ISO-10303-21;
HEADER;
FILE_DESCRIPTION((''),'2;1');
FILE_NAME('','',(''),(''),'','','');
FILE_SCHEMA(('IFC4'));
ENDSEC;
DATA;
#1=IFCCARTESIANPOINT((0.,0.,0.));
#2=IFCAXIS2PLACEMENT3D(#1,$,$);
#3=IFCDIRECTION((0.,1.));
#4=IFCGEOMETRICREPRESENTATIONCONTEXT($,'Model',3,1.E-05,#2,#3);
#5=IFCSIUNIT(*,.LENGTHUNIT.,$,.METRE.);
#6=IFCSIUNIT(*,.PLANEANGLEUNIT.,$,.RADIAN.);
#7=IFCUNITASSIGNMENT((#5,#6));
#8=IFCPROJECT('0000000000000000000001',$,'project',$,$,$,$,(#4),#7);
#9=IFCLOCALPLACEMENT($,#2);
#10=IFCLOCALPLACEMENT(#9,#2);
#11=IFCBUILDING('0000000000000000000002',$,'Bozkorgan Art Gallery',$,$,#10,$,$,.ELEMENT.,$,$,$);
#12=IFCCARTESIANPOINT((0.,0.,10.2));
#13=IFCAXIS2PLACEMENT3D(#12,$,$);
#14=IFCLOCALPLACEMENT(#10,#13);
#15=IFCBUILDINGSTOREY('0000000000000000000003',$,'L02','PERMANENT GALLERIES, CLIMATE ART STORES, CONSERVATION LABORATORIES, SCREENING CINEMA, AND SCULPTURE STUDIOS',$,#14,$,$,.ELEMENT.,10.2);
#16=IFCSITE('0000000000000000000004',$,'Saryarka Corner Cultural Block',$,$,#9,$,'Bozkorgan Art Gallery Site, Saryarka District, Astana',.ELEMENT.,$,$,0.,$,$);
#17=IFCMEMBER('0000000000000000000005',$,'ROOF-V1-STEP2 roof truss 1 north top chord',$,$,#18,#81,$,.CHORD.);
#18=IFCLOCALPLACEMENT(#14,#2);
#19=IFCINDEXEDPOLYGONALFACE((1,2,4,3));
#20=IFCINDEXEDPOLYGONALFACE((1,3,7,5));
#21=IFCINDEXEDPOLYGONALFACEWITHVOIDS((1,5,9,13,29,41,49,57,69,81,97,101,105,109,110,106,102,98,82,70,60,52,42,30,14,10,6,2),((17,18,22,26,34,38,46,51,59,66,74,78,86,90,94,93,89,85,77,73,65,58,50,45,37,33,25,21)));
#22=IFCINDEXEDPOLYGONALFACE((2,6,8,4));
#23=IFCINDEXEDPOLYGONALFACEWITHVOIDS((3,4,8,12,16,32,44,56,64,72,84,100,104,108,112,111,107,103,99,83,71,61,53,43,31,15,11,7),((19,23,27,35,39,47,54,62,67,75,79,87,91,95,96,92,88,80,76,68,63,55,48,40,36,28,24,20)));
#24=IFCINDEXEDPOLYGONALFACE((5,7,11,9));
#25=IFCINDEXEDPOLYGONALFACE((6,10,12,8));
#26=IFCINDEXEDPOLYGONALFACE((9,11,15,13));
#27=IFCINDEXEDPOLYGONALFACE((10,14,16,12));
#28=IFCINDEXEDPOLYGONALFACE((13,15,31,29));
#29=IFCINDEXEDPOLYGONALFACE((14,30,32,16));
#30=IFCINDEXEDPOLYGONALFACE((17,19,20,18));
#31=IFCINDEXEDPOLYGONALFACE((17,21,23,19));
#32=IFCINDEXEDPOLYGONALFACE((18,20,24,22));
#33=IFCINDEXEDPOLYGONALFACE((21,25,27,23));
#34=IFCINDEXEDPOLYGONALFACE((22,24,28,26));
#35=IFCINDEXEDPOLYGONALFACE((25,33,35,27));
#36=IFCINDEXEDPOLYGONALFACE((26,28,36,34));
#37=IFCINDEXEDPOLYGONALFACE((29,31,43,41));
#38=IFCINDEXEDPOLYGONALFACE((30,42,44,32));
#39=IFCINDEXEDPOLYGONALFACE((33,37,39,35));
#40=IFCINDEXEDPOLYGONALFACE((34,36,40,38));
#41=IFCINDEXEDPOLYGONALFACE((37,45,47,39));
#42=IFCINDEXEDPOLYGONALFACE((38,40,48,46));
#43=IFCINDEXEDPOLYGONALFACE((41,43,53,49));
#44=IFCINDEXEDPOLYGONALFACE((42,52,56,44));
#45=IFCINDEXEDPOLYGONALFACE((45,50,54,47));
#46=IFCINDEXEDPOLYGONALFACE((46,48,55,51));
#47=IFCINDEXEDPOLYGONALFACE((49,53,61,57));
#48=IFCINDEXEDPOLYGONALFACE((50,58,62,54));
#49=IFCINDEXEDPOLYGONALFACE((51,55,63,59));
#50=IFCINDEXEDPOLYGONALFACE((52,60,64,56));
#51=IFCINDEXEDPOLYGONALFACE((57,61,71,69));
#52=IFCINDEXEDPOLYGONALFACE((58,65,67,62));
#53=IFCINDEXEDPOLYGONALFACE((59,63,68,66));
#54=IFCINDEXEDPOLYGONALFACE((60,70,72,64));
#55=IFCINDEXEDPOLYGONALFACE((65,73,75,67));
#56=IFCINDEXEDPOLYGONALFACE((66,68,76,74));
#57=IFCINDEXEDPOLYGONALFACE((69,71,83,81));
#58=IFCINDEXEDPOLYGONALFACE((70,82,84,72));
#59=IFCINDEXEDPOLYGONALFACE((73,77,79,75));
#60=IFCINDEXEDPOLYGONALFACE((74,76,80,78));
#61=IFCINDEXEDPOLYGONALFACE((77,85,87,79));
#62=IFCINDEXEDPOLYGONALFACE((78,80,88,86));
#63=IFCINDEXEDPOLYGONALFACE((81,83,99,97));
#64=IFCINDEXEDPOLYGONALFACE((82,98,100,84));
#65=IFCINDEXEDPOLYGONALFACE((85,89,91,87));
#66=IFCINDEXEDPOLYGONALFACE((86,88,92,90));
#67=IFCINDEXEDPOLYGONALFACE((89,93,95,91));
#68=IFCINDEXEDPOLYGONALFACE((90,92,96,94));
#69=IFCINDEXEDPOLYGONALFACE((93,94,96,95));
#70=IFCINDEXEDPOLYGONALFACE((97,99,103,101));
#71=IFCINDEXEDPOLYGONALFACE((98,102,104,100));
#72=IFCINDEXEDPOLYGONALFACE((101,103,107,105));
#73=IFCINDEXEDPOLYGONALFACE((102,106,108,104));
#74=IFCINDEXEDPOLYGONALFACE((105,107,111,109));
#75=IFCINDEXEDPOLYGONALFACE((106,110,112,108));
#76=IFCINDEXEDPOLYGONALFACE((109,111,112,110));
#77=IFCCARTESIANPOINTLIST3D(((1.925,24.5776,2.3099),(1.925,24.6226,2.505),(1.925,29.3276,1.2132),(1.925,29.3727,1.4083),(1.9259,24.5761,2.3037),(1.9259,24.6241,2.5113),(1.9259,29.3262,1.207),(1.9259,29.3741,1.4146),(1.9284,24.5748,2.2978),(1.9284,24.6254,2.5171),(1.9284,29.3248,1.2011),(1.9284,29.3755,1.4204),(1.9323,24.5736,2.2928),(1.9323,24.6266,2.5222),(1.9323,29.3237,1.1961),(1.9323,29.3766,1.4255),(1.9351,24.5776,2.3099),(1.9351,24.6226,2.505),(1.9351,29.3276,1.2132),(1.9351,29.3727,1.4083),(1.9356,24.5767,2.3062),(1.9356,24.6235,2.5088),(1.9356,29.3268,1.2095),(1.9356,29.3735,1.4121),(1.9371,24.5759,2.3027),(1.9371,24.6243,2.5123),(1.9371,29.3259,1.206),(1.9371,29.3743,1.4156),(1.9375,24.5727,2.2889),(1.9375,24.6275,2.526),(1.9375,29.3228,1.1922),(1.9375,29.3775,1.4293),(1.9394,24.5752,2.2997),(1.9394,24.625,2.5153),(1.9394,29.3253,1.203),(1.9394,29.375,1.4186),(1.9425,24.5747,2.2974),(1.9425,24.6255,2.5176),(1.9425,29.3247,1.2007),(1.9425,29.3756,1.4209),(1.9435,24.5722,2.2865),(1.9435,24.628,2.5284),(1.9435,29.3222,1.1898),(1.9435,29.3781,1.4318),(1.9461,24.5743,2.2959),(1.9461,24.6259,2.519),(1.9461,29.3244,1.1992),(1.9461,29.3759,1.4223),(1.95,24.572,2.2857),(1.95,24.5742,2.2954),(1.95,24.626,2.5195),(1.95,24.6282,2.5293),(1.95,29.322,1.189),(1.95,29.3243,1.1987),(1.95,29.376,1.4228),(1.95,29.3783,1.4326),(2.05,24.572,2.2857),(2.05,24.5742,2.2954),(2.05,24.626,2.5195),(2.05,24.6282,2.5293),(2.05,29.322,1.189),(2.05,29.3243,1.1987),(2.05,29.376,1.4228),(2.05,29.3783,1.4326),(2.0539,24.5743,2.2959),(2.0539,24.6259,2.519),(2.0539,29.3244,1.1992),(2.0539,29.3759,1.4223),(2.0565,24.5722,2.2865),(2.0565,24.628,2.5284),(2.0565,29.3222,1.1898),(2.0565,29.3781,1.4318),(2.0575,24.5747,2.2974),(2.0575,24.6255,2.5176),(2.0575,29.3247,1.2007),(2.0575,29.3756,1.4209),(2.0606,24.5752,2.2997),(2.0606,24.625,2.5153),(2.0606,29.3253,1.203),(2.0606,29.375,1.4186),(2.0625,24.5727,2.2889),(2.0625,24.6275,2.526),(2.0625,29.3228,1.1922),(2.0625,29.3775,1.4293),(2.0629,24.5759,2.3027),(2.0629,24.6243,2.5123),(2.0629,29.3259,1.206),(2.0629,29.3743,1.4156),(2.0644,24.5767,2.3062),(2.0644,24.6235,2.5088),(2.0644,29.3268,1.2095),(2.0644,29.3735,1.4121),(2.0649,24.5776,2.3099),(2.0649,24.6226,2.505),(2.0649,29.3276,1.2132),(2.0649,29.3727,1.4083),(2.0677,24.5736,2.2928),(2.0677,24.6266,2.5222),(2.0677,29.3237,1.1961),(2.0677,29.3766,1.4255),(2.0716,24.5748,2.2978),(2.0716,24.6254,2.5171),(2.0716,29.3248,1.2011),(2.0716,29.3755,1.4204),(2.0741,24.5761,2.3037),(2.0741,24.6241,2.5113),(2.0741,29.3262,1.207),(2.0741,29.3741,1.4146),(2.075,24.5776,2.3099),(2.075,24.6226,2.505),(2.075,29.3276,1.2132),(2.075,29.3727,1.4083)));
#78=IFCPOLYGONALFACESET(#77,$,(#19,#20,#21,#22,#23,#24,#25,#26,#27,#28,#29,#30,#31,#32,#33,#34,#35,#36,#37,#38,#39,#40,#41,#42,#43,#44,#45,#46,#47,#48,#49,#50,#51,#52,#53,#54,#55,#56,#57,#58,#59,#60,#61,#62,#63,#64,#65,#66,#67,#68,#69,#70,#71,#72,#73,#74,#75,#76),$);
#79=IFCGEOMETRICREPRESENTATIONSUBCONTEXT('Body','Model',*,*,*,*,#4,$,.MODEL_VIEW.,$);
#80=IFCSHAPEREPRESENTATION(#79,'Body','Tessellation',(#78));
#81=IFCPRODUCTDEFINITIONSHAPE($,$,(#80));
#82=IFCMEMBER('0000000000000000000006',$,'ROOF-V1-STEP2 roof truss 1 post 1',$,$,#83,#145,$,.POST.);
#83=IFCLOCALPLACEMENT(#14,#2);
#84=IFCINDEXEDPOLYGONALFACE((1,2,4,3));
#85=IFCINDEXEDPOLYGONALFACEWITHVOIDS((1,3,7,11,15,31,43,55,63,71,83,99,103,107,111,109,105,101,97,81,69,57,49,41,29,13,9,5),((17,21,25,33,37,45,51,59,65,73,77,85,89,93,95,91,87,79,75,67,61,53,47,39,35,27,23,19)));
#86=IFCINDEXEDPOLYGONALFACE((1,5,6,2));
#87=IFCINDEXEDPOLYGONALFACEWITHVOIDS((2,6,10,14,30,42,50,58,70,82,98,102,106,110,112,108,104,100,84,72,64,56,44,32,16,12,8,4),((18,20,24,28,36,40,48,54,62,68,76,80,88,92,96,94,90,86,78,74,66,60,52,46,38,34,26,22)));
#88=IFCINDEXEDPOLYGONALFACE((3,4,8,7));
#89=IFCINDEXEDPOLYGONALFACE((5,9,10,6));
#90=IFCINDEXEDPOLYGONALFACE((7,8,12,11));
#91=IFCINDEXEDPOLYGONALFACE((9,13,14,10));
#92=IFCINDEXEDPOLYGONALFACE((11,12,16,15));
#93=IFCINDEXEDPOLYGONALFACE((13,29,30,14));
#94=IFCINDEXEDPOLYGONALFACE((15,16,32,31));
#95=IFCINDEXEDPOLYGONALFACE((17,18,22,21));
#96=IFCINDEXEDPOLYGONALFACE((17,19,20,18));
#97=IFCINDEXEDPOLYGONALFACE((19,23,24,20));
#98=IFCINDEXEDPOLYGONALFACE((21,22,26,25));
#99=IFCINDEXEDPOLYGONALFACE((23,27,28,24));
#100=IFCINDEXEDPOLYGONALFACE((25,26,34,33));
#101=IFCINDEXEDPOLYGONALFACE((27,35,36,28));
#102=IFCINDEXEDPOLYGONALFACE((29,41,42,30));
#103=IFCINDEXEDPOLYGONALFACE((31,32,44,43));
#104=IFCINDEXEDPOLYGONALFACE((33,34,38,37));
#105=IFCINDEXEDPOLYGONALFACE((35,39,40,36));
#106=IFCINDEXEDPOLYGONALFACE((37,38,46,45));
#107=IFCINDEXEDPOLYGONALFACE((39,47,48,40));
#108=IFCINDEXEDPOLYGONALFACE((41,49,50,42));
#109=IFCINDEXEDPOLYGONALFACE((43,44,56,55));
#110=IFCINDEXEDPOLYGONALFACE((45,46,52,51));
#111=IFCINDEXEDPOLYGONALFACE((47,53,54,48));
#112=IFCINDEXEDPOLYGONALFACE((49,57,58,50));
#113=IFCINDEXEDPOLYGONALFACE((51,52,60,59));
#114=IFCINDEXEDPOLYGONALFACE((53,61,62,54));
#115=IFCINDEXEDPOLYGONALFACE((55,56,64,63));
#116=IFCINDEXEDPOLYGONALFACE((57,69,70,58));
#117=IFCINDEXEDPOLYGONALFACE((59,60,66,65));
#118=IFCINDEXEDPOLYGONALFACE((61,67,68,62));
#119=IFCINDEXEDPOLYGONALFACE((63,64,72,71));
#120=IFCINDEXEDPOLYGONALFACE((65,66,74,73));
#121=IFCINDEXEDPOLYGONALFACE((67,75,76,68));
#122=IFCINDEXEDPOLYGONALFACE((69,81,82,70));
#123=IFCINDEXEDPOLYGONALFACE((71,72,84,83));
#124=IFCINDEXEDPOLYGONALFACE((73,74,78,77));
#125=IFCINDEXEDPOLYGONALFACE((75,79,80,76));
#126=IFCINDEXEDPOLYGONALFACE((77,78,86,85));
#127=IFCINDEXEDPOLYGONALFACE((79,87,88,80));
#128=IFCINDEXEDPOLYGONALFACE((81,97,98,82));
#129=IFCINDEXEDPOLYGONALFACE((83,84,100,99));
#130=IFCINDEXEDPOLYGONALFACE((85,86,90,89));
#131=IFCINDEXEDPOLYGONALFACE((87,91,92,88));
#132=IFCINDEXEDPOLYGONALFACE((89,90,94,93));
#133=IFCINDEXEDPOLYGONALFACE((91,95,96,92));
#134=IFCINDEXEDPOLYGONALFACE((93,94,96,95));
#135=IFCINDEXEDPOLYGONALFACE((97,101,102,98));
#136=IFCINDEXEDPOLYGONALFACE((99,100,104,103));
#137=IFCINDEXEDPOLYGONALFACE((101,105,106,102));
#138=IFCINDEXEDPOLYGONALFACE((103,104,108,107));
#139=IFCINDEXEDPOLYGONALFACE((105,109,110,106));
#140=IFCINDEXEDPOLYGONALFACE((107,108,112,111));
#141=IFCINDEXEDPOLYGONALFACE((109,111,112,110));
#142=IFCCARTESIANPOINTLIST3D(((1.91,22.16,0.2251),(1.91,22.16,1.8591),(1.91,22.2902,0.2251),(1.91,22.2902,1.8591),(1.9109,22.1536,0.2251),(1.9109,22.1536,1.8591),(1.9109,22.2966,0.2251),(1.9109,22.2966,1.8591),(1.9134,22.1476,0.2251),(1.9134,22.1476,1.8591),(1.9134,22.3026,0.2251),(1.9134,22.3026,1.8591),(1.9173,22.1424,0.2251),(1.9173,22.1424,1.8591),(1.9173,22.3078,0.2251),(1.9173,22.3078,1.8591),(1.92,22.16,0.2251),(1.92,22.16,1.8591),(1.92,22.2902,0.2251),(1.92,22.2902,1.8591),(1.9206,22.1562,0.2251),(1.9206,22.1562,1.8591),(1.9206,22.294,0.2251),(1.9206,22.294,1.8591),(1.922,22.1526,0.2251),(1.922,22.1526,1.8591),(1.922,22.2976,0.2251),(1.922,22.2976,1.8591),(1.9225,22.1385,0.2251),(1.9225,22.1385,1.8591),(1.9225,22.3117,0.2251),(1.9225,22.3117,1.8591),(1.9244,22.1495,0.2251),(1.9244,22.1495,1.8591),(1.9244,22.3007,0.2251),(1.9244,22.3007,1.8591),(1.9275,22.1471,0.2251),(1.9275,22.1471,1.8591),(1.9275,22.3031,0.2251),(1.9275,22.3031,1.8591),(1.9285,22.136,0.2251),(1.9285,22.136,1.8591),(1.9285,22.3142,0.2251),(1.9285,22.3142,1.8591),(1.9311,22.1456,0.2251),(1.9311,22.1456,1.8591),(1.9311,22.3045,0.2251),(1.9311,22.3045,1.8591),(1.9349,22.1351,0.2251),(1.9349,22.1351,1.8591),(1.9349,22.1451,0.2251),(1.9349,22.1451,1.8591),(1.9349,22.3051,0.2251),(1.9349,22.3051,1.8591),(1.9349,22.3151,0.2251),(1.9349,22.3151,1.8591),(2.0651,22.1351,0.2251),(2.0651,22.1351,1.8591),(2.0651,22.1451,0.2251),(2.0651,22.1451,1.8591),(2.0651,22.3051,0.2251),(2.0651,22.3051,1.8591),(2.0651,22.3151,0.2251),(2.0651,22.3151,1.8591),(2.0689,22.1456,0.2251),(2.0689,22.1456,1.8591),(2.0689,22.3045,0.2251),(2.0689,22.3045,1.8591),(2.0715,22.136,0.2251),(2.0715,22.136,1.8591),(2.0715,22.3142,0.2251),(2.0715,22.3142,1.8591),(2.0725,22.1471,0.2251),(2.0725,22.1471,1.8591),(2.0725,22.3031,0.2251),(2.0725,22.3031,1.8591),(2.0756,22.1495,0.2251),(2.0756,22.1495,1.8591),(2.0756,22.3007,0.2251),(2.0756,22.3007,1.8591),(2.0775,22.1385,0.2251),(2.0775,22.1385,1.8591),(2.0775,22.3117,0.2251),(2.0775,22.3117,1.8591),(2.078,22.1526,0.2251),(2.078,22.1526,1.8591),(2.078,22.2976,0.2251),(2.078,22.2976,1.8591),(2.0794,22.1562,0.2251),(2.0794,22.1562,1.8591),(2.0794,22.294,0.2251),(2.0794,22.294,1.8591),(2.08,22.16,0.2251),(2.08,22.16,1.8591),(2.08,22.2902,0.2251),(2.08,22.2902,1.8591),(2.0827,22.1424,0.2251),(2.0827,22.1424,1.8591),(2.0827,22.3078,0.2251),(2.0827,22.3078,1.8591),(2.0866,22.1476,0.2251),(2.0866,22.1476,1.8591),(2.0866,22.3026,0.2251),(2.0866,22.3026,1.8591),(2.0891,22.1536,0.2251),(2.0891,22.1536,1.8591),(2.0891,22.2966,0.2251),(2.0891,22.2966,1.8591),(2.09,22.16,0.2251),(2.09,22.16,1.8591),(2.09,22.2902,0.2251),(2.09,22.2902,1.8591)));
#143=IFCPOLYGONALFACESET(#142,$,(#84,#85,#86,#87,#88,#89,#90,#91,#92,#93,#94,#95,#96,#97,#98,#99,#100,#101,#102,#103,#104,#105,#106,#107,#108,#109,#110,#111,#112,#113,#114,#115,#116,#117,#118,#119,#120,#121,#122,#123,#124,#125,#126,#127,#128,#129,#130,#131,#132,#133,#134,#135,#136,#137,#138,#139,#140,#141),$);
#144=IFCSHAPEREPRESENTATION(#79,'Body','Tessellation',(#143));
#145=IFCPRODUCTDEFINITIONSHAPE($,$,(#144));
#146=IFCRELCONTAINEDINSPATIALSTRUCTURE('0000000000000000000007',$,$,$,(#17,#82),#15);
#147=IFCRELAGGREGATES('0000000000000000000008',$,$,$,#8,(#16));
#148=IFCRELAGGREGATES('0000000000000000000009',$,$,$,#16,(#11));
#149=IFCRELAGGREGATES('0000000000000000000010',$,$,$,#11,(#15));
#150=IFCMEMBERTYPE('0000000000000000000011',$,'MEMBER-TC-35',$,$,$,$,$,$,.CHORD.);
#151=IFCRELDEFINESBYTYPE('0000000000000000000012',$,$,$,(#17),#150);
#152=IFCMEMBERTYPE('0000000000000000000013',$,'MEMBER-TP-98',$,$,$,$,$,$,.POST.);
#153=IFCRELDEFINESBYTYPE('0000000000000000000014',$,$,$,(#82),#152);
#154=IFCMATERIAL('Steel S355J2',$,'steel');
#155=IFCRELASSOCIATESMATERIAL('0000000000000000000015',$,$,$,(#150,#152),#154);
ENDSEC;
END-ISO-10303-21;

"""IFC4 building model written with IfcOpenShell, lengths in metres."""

from ifc_helpers import new_model, si_unit, direction, frame, origin, origin_2d, place, context, subcontext, project, spatial, hollow_rectangle, extrude, material, material_profile, profile_set, type_object, element, save


model = new_model("IFC4")

# Units and contexts
model_context = context("Model", 3, precision=1e-05, world=origin(), true_north=direction((0.0, 1.0)))
body_context = subcontext(model_context, "Body", "Model", "MODEL_VIEW")
ifc_project = project(units=[si_unit("LENGTHUNIT", "METRE"), si_unit("PLANEANGLEUNIT", "RADIAN")], contexts=[model_context])

# Site, building, storey
site_placement = place(None, origin())
site = spatial("IfcSite", under=ifc_project, at=site_placement, Name="Saryarka Corner Cultural Block", LongName="Bozkorgan Art Gallery Site, Saryarka District, Astana", CompositionType="ELEMENT", RefElevation=0.0)
building_placement = place(site_placement, origin())
building = spatial("IfcBuilding", under=site, at=building_placement, Name="Bozkorgan Art Gallery", CompositionType="ELEMENT")
storey_placement = place(building_placement, frame((0.0, 0.0, 10.2)))
storey = spatial("IfcBuildingStorey", under=building, at=storey_placement, Name="L02", Description="PERMANENT GALLERIES, CLIMATE ART STORES, CONSERVATION LABORATORIES, SCREENING CINEMA, AND SCULPTURE STUDIOS", CompositionType="ELEMENT", Elevation=10.2)

# Members
ifc_material_1 = material(Name="Steel S355J2", Category="steel")
ifc_material_profile_1 = material_profile(ifc_material_1, hollow_rectangle(XDim=0.1499, YDim=0.25, WallThickness=0.01, InnerFilletRadius=0.0149, OuterFilletRadius=0.0249, at=origin_2d()), Name="RHS 250x150x10")
ifc_profile_set_1 = profile_set([ifc_material_profile_1], Name="Steel S355J2")
member_type_1 = type_object("IfcMemberType", Name="MEMBER-TC-35", PredefinedType="CHORD", material=ifc_profile_set_1)
member_1_placement = place(storey_placement, frame((2.0, 24.6001, 2.4075), z_axis=(0.0, 0.974368, -0.224962), x_axis=(-1.0, 0.0, 0.0)))
element("IfcMember", 1, at=member_1_placement, inside=storey, type_object=member_type_1, Name="ROOF-V1-STEP2 roof truss 1 north top chord", PredefinedType="CHORD", context=body_context, shape_type="SweptSolid", body=[
    extrude(hollow_rectangle(XDim=0.1499, YDim=0.25, WallThickness=0.01, InnerFilletRadius=0.0149, OuterFilletRadius=0.0249, at=origin_2d()), origin(), (0.0, 0.0, 1.0), 4.875),
])
ifc_material_profile_2 = material_profile(ifc_material_1, hollow_rectangle(XDim=0.1799, YDim=0.1799, WallThickness=0.01, InnerFilletRadius=0.0149, OuterFilletRadius=0.0249, at=origin_2d()), Name="SHS 180x180x10")
ifc_profile_set_2 = profile_set([ifc_material_profile_2], Name="Steel S355J2")
member_type_2 = type_object("IfcMemberType", Name="MEMBER-TP-98", PredefinedType="POST", material=ifc_profile_set_2)
member_2_placement = place(storey_placement, frame((2.0, 22.2251, 0.2251), z_axis=(0.0, 0.0, 1.0), x_axis=(1.0, 0.0, 0.0)))
element("IfcMember", 2, at=member_2_placement, inside=storey, type_object=member_type_2, Name="ROOF-V1-STEP2 roof truss 1 post 1", PredefinedType="POST", context=body_context, shape_type="SweptSolid", body=[
    extrude(hollow_rectangle(XDim=0.1799, YDim=0.1799, WallThickness=0.01, InnerFilletRadius=0.0149, OuterFilletRadius=0.0249, at=origin_2d()), origin(), (0.0, 0.0, 1.0), 1.634),
])

save(model, "model.ifc")
